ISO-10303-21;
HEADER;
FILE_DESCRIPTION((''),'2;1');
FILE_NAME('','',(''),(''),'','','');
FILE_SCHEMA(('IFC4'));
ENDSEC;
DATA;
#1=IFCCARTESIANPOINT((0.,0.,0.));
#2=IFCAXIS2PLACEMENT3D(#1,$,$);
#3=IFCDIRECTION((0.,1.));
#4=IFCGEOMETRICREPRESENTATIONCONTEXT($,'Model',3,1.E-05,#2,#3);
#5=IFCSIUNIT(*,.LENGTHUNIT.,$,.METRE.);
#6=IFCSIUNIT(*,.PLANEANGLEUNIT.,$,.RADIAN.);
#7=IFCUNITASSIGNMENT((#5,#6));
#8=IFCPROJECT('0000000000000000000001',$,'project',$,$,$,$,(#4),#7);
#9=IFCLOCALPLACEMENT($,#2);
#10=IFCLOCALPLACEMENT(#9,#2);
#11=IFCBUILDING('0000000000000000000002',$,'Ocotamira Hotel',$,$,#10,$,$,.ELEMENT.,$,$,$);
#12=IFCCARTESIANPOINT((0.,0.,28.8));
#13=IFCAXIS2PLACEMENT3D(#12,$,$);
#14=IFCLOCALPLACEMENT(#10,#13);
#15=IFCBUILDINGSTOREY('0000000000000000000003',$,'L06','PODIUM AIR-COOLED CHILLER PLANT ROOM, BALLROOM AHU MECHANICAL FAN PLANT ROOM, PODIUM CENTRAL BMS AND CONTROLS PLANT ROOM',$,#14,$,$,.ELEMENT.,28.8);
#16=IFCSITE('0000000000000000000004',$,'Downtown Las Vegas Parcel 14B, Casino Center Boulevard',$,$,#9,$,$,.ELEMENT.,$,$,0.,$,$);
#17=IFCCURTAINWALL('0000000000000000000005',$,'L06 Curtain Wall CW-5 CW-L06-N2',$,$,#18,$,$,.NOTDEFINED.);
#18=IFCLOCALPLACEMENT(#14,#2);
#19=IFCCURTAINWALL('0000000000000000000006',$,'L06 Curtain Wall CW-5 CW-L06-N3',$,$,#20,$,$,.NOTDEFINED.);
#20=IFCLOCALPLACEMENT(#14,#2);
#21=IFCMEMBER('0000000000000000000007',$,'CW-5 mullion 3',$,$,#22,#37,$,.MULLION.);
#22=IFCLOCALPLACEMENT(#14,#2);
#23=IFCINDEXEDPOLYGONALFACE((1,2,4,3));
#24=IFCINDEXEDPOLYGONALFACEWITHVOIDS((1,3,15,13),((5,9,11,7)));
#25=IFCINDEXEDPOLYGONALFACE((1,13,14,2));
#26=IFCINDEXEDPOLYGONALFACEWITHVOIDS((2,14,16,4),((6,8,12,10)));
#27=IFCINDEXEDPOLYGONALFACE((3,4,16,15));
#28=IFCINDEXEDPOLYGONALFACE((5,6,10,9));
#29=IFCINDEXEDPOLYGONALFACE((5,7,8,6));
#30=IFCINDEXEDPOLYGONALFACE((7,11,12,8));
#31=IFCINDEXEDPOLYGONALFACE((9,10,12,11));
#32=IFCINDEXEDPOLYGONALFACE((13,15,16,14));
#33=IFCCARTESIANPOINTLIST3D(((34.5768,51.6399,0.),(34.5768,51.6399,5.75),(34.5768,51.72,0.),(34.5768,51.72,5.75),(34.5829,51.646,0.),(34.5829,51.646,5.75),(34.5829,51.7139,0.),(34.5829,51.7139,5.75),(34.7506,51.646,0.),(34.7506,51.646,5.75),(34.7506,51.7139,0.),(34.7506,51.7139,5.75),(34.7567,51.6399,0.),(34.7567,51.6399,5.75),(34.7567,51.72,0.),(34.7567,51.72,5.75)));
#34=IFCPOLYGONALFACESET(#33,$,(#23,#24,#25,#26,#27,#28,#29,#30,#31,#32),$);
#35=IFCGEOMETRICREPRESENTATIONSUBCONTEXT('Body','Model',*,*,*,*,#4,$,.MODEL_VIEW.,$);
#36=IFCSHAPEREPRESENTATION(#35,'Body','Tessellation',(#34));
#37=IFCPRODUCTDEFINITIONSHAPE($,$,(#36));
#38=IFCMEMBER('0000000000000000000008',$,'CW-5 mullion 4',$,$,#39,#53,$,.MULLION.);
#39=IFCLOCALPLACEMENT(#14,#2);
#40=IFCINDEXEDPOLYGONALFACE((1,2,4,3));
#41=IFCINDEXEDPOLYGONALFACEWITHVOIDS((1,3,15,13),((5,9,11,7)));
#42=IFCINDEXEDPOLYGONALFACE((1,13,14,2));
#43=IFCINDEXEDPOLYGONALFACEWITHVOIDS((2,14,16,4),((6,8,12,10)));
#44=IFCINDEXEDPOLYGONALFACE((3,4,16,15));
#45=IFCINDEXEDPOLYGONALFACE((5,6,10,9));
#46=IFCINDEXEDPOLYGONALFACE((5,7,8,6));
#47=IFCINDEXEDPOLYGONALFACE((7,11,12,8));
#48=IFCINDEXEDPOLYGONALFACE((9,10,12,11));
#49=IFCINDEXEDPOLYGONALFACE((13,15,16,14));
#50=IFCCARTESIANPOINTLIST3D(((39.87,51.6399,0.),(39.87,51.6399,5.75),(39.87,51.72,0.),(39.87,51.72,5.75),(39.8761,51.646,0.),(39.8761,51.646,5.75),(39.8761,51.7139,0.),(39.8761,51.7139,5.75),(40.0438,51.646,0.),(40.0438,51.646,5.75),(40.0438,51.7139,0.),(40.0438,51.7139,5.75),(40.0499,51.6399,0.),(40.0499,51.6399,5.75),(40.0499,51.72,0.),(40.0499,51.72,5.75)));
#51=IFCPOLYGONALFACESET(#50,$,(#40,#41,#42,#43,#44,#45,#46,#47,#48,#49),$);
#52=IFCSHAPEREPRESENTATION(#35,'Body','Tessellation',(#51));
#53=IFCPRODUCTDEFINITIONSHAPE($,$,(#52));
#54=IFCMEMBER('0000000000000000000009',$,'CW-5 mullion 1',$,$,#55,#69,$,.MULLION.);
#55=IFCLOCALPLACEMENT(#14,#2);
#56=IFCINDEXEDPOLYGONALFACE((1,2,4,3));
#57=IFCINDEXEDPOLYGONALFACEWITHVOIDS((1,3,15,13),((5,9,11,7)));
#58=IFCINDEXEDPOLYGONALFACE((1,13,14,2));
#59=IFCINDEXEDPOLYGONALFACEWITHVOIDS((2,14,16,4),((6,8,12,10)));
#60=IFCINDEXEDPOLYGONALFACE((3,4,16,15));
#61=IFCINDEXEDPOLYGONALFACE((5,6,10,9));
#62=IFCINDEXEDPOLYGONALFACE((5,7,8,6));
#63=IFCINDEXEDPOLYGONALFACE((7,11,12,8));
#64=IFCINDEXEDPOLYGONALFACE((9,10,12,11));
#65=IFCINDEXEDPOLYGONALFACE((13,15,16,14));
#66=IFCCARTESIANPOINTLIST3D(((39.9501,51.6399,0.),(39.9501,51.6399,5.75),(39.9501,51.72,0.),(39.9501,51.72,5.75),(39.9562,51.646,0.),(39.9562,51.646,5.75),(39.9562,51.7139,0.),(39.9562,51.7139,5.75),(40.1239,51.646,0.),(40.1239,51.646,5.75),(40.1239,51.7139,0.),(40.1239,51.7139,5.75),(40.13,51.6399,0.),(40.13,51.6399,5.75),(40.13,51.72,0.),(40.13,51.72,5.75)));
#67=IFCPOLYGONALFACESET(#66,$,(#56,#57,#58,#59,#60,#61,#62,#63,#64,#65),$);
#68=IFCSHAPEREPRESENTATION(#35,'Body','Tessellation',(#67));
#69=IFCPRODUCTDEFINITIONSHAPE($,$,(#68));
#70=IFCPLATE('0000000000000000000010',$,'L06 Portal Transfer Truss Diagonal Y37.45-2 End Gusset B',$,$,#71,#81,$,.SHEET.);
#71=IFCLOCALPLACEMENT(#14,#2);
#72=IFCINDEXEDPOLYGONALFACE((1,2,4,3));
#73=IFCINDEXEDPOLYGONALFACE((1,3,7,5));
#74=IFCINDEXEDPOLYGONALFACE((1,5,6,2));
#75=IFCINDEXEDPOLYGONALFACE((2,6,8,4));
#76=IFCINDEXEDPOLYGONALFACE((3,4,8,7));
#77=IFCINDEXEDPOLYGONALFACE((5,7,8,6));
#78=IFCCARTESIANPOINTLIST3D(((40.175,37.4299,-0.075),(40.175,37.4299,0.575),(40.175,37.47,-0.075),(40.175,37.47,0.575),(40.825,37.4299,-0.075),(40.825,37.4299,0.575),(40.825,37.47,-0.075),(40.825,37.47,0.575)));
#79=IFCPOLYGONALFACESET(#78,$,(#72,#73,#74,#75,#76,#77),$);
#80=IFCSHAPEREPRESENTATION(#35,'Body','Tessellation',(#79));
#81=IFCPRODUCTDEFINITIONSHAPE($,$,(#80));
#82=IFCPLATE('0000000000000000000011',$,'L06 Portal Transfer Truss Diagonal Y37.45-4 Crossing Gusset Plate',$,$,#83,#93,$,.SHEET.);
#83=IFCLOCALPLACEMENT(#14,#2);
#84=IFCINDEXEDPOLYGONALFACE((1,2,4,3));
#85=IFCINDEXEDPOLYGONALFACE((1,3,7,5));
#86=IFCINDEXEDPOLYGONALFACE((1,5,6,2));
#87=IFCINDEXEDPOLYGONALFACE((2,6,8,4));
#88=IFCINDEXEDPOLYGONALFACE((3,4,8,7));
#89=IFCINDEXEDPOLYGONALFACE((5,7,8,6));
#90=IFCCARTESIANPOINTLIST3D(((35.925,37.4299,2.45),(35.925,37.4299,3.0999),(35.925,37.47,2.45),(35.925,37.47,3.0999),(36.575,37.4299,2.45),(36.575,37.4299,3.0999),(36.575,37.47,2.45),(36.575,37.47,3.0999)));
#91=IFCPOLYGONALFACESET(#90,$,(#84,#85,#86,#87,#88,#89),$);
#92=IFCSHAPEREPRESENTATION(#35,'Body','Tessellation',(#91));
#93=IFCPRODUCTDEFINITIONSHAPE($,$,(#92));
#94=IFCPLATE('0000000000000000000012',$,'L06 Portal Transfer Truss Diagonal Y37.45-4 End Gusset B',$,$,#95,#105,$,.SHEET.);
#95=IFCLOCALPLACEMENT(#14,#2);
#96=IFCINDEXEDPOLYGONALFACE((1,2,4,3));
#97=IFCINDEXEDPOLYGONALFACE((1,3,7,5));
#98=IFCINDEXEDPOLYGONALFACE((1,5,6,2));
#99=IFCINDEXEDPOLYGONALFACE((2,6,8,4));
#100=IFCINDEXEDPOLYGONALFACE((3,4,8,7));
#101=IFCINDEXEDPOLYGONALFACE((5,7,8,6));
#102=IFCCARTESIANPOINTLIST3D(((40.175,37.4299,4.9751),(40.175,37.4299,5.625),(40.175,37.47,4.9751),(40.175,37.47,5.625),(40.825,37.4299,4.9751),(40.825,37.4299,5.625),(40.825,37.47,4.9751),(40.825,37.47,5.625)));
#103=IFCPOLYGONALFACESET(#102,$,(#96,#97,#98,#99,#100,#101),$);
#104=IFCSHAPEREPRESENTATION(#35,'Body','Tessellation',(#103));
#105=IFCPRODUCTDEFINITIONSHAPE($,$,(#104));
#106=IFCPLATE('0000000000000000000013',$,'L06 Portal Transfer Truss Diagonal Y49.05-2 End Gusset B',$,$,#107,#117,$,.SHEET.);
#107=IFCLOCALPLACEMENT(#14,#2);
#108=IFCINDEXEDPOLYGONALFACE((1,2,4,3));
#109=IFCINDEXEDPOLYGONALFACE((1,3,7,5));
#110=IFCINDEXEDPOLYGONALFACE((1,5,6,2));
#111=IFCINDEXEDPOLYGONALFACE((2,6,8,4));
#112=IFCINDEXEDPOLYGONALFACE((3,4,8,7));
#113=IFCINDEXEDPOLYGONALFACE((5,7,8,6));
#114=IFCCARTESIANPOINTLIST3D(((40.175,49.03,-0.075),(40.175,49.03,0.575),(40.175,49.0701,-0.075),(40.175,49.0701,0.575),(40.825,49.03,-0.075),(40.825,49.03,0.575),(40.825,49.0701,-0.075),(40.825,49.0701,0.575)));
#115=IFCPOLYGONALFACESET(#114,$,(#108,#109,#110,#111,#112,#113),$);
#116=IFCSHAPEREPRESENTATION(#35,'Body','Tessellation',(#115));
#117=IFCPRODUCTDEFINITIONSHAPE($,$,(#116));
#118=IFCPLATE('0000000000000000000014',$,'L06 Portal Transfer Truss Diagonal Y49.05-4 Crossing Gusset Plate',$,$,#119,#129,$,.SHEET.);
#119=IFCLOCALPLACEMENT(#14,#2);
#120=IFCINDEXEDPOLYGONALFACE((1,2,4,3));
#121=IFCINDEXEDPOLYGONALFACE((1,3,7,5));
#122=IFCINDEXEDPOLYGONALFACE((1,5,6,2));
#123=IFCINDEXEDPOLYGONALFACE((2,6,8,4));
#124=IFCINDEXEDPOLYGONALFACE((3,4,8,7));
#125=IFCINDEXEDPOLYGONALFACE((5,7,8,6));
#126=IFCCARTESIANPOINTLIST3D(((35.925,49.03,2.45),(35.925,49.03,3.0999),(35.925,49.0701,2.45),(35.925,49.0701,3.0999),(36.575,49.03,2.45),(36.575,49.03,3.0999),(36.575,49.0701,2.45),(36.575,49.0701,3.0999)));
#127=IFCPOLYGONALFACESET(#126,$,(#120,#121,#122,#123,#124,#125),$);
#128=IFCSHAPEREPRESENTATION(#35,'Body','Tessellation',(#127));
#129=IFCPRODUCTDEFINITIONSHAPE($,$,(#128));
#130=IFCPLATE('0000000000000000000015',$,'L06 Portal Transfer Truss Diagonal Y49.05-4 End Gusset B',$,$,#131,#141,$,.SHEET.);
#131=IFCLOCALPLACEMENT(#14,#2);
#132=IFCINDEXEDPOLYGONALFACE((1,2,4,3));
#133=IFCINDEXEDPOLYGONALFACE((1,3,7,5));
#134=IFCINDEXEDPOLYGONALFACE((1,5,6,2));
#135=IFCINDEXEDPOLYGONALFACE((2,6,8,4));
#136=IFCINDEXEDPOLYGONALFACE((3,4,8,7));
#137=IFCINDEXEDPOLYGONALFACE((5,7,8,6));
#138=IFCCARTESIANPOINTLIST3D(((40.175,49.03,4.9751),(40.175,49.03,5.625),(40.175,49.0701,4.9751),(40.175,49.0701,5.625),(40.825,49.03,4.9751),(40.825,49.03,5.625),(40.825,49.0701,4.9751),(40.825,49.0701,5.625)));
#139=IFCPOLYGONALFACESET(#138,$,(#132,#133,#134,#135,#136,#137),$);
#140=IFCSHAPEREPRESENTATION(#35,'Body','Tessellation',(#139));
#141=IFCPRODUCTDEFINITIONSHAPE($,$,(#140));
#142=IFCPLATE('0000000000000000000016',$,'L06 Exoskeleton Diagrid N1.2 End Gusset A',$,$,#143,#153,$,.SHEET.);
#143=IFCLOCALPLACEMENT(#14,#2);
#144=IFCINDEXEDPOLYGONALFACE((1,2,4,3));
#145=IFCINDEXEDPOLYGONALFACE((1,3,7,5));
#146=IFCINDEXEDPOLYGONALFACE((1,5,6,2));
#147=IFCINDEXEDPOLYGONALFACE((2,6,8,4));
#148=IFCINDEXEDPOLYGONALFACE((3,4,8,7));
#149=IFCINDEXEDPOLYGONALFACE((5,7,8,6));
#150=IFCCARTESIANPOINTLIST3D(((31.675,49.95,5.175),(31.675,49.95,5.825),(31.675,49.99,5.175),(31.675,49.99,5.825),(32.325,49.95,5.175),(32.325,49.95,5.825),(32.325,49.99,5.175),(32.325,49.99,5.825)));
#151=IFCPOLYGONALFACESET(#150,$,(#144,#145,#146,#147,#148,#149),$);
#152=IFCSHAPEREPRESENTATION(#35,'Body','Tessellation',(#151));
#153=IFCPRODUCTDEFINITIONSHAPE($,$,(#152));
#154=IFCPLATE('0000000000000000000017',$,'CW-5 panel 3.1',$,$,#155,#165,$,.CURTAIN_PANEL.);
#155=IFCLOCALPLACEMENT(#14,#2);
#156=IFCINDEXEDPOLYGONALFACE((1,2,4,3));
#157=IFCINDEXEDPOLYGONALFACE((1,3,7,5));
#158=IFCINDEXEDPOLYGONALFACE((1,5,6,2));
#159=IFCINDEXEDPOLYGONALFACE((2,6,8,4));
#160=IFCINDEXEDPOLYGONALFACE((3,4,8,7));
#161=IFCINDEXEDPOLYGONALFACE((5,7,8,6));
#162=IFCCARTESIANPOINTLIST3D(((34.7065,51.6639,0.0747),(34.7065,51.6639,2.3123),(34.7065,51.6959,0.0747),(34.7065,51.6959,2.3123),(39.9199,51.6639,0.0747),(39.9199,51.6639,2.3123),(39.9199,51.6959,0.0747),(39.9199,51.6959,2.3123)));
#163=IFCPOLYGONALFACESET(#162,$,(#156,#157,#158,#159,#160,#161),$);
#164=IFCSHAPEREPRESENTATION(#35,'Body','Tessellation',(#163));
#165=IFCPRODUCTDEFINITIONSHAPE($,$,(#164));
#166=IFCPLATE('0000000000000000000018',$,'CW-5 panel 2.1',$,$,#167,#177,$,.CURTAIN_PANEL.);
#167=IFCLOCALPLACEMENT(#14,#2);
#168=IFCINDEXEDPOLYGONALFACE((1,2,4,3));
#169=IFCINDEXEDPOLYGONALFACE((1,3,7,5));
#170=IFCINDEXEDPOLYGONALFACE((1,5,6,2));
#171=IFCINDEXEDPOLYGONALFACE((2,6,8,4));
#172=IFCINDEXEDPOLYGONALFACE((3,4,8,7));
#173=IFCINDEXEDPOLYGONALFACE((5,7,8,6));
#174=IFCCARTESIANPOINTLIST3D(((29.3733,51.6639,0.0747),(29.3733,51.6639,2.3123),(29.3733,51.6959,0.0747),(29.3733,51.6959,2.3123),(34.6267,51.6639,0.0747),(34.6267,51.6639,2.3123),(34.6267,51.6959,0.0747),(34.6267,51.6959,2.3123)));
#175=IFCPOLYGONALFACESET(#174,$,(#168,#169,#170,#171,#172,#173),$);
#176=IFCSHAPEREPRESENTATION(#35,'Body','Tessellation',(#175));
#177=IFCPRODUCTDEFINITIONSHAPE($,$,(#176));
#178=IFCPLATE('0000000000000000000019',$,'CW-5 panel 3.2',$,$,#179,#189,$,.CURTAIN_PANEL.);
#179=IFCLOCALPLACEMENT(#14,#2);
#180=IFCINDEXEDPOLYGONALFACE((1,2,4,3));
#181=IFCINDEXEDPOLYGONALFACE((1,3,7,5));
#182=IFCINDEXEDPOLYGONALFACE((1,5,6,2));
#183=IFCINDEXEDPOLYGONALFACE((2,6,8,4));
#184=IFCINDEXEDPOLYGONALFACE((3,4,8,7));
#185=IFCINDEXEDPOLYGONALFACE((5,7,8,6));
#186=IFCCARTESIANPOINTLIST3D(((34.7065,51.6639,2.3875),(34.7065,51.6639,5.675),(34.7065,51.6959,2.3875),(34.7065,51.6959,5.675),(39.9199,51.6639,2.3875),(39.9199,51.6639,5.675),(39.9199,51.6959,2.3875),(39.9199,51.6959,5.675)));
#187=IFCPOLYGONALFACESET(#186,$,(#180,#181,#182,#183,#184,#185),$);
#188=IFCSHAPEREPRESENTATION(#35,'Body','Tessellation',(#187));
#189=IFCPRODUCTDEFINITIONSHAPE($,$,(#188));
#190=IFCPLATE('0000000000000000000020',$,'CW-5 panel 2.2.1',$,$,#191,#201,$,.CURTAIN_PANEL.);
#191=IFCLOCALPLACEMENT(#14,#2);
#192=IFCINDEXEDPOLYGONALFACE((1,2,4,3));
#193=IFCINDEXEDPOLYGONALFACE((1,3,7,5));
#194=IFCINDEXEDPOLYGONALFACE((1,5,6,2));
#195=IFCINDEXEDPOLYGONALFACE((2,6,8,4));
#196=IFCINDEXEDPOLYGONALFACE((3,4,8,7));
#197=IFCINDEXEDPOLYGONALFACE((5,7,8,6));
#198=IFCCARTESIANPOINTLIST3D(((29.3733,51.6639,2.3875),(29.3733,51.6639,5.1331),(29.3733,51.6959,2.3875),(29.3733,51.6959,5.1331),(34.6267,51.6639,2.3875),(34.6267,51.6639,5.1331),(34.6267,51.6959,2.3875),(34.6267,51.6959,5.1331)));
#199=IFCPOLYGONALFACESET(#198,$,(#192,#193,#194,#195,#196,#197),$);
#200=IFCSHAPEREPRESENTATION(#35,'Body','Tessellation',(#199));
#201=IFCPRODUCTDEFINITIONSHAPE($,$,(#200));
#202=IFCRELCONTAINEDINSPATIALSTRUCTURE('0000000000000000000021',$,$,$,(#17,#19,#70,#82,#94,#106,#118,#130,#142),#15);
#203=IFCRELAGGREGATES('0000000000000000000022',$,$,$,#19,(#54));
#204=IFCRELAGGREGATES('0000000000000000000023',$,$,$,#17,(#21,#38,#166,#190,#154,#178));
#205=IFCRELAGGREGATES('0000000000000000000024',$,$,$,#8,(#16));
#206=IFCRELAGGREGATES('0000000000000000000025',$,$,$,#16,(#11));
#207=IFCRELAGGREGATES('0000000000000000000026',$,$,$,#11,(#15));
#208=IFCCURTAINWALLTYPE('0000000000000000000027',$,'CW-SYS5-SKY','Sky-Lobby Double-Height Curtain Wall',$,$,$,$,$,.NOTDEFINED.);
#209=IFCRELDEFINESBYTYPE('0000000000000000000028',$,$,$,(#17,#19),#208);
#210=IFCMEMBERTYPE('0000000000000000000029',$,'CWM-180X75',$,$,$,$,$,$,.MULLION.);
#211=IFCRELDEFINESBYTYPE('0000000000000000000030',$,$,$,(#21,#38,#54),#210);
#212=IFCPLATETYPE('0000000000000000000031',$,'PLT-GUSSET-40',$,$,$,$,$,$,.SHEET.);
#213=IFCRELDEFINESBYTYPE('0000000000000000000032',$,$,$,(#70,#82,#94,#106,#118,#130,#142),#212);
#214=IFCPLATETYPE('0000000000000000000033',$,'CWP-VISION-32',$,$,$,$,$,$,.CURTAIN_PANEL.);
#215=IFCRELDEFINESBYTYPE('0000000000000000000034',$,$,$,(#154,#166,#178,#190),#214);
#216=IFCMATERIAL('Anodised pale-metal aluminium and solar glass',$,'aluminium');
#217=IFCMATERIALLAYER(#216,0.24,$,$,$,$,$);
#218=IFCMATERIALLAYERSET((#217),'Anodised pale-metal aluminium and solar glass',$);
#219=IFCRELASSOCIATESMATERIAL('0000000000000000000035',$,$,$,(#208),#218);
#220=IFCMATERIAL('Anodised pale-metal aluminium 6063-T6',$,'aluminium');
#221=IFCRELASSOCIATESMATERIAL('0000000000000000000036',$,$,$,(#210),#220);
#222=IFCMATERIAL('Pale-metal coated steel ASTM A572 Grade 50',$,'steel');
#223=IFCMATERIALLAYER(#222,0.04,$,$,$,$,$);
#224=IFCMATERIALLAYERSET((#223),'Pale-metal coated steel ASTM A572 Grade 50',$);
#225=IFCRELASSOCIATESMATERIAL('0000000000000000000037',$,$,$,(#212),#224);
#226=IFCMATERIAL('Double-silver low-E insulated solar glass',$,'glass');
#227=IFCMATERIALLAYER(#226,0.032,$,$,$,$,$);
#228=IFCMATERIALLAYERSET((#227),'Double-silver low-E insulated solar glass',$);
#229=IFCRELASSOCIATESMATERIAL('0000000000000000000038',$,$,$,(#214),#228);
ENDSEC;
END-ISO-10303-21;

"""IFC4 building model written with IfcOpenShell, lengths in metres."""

from ifc_helpers import new_model, si_unit, direction, frame, origin, origin_2d, place, context, subcontext, project, spatial, rectangle, hollow_rectangle, extrude, source, transform, mapped, material, layer, layer_set, material_profile, profile_set, type_object, element, aggregate, save


model = new_model("IFC4")

# Units and contexts
model_context = context("Model", 3, precision=1e-05, world=origin(), true_north=direction((0.0, 1.0)))
body_context = subcontext(model_context, "Body", "Model", "MODEL_VIEW")
ifc_project = project(units=[si_unit("LENGTHUNIT", "METRE"), si_unit("PLANEANGLEUNIT", "RADIAN")], contexts=[model_context])

# Site, building, storey
site_placement = place(None, origin())
site = spatial("IfcSite", under=ifc_project, at=site_placement, Name="Downtown Las Vegas Parcel 14B, Casino Center Boulevard", CompositionType="ELEMENT", RefElevation=0.0)
building_placement = place(site_placement, origin())
building = spatial("IfcBuilding", under=site, at=building_placement, Name="Ocotamira Hotel", CompositionType="ELEMENT")
storey_placement = place(building_placement, frame((0.0, 0.0, 28.8)))
storey = spatial("IfcBuildingStorey", under=building, at=storey_placement, Name="L06", Description="PODIUM AIR-COOLED CHILLER PLANT ROOM, BALLROOM AHU MECHANICAL FAN PLANT ROOM, PODIUM CENTRAL BMS AND CONTROLS PLANT ROOM", CompositionType="ELEMENT", Elevation=28.8)

# Curtain walls
ifc_material_1 = material(Name="Anodised pale-metal aluminium and solar glass", Category="aluminium")
ifc_layer_1 = layer(ifc_material_1, 0.24)
ifc_layer_set_1 = layer_set([ifc_layer_1], Name="Anodised pale-metal aluminium and solar glass")
curtain_wall_type = type_object("IfcCurtainWallType", Name="CW-SYS5-SKY", Description="Sky-Lobby Double-Height Curtain Wall", PredefinedType="NOTDEFINED", material=ifc_layer_set_1)
curtain_wall_1_placement = place(storey_placement, origin())
curtain_wall_1 = element("IfcCurtainWall", 1, at=curtain_wall_1_placement, inside=storey, type_object=curtain_wall_type, Name="L06 Curtain Wall CW-5 CW-L06-N2", PredefinedType="NOTDEFINED")
ifc_material_2 = material(Name="Anodised pale-metal aluminium 6063-T6", Category="aluminium")
curtain_wall_2_placement = place(storey_placement, origin())
curtain_wall_2 = element("IfcCurtainWall", 2, at=curtain_wall_2_placement, inside=storey, type_object=curtain_wall_type, Name="L06 Curtain Wall CW-5 CW-L06-N3", PredefinedType="NOTDEFINED")

# Members
ifc_material_profile_1 = material_profile(ifc_material_2, hollow_rectangle(XDim=0.0801, YDim=0.1799, WallThickness=0.0061, at=origin_2d()), Name="HSS180X80X6")
ifc_profile_set_1 = profile_set([ifc_material_profile_1], Name="Anodised pale-metal aluminium 6063-T6")
member_type_1 = type_object("IfcMemberType", Name="CWM-180X75", PredefinedType="MULLION", material=ifc_profile_set_1)
shared_shape_1 = source(origin(), body_context, "Body", "SweptSolid", [
    extrude(hollow_rectangle(XDim=0.0801, YDim=0.1799, WallThickness=0.0061, at=origin_2d()), origin(), (0.0, 0.0, 1.0), 5.75),
])
member_1_placement = place(storey_placement, frame((34.6667, 51.6799, 0.0), z_axis=(0.0, 0.0, 1.0), x_axis=(0.0, 1.0, 0.0)))
member_1 = element("IfcMember", 3, at=member_1_placement, type_object=member_type_1, Name="CW-5 mullion 3", PredefinedType="MULLION", context=body_context, shape_type="MappedRepresentation", body=[
    mapped(shared_shape_1, transform((0.0, 0.0, 0.0), scale=1.0)),
])
member_2_placement = place(storey_placement, frame((39.96, 51.6799, 0.0), z_axis=(0.0, 0.0, 1.0), x_axis=(0.0, 1.0, 0.0)))
member_2 = element("IfcMember", 4, at=member_2_placement, type_object=member_type_1, Name="CW-5 mullion 4", PredefinedType="MULLION", context=body_context, shape_type="MappedRepresentation", body=[
    mapped(shared_shape_1, transform((0.0, 0.0, 0.0), scale=1.0)),
])
member_3_placement = place(storey_placement, frame((40.04, 51.6799, 0.0), z_axis=(0.0, 0.0, 1.0), x_axis=(0.0, 1.0, 0.0)))
member_3 = element("IfcMember", 5, at=member_3_placement, type_object=member_type_1, Name="CW-5 mullion 1", PredefinedType="MULLION", context=body_context, shape_type="MappedRepresentation", body=[
    mapped(shared_shape_1, transform((0.0, 0.0, 0.0), scale=1.0)),
])
aggregate(curtain_wall_2, [member_3])

# Plates
ifc_material_3 = material(Name="Pale-metal coated steel ASTM A572 Grade 50", Category="steel")
ifc_layer_2 = layer(ifc_material_3, 0.04)
ifc_layer_set_2 = layer_set([ifc_layer_2], Name="Pale-metal coated steel ASTM A572 Grade 50")
plate_type_1 = type_object("IfcPlateType", Name="PLT-GUSSET-40", PredefinedType="SHEET", material=ifc_layer_set_2)
shared_shape_2 = source(origin(), body_context, "Body", "SweptSolid", [
    extrude(rectangle(XDim=0.6499, YDim=0.04, at=origin_2d()), origin(), (0.0, 0.0, 1.0), 0.6499),
])
for number, where, z_axis, x_axis, name in (
    (6, (40.5, 37.45, -0.075), (0.0, 0.0, 1.0), (1.0, 0.0, 0.0), "L06 Portal Transfer Truss Diagonal Y37.45-2 End Gusset B"),
    (7, (36.25, 37.45, 2.45), (0.0, 0.0, 1.0), (1.0, 0.0, 0.0), "L06 Portal Transfer Truss Diagonal Y37.45-4 Crossing Gusset Plate"),
    (8, (40.5, 37.45, 4.9751), (0.0, 0.0, 1.0), (1.0, 0.0, 0.0), "L06 Portal Transfer Truss Diagonal Y37.45-4 End Gusset B"),
    (9, (40.5, 49.05, -0.075), (0.0, 0.0, 1.0), (1.0, 0.0, 0.0), "L06 Portal Transfer Truss Diagonal Y49.05-2 End Gusset B"),
    (10, (36.25, 49.05, 2.45), (0.0, 0.0, 1.0), (1.0, 0.0, 0.0), "L06 Portal Transfer Truss Diagonal Y49.05-4 Crossing Gusset Plate"),
    (11, (40.5, 49.05, 4.9751), (0.0, 0.0, 1.0), (1.0, 0.0, 0.0), "L06 Portal Transfer Truss Diagonal Y49.05-4 End Gusset B"),
    (12, (32.0, 49.97, 5.175), (0.0, 0.0, 1.0), (-1.0, 0.0, 0.0), "L06 Exoskeleton Diagrid N1.2 End Gusset A"),
):
    element("IfcPlate", number, at=place(storey_placement, frame(where, z_axis=z_axis, x_axis=x_axis)), inside=storey, type_object=plate_type_1, Name=name, PredefinedType="SHEET", context=body_context, shape_type="MappedRepresentation", body=[
        mapped(shared_shape_2, transform((0.0, 0.0, 0.0), scale=1.0)),
    ])

# Plates
ifc_material_4 = material(Name="Double-silver low-E insulated solar glass", Category="glass")
ifc_layer_3 = layer(ifc_material_4, 0.032)
ifc_layer_set_3 = layer_set([ifc_layer_3], Name="Double-silver low-E insulated solar glass")
plate_type_2 = type_object("IfcPlateType", Name="CWP-VISION-32", PredefinedType="CURTAIN_PANEL", material=ifc_layer_set_3)
shared_shape_3 = source(origin(), body_context, "Body", "SweptSolid", [
    extrude(rectangle(XDim=5.2134, YDim=0.032, at=origin_2d()), origin(), (0.0, 0.0, 1.0), 2.2375),
])
plate_1_placement = place(storey_placement, frame((37.3132, 51.6799, 0.0747), z_axis=(0.0, 0.0, 1.0), x_axis=(1.0, 0.0, 0.0)))
plate_1 = element("IfcPlate", 13, at=plate_1_placement, type_object=plate_type_2, Name="CW-5 panel 3.1", PredefinedType="CURTAIN_PANEL", context=body_context, shape_type="MappedRepresentation", body=[
    mapped(shared_shape_3, transform((0.0, 0.0, 0.0), scale=1.0)),
])
shared_shape_4 = source(origin(), body_context, "Body", "SweptSolid", [
    extrude(rectangle(XDim=5.2534, YDim=0.032, at=origin_2d()), origin(), (0.0, 0.0, 1.0), 2.2375),
])
plate_2_placement = place(storey_placement, frame((32.0, 51.6799, 0.0747), z_axis=(0.0, 0.0, 1.0), x_axis=(1.0, 0.0, 0.0)))
plate_2 = element("IfcPlate", 14, at=plate_2_placement, type_object=plate_type_2, Name="CW-5 panel 2.1", PredefinedType="CURTAIN_PANEL", context=body_context, shape_type="MappedRepresentation", body=[
    mapped(shared_shape_4, transform((0.0, 0.0, 0.0), scale=1.0)),
])
shared_shape_5 = source(origin(), body_context, "Body", "SweptSolid", [
    extrude(rectangle(XDim=5.2134, YDim=0.032, at=origin_2d()), origin(), (0.0, 0.0, 1.0), 3.2876),
])
plate_3_placement = place(storey_placement, frame((37.3132, 51.6799, 2.3875), z_axis=(0.0, 0.0, 1.0), x_axis=(1.0, 0.0, 0.0)))
plate_3 = element("IfcPlate", 15, at=plate_3_placement, type_object=plate_type_2, Name="CW-5 panel 3.2", PredefinedType="CURTAIN_PANEL", context=body_context, shape_type="MappedRepresentation", body=[
    mapped(shared_shape_5, transform((0.0, 0.0, 0.0), scale=1.0)),
])
shared_shape_6 = source(origin(), body_context, "Body", "SweptSolid", [
    extrude(rectangle(XDim=5.2534, YDim=0.032, at=origin_2d()), origin(), (0.0, 0.0, 1.0), 2.7456),
])
plate_4_placement = place(storey_placement, frame((32.0, 51.6799, 2.3875), z_axis=(0.0, 0.0, 1.0), x_axis=(1.0, 0.0, 0.0)))
plate_4 = element("IfcPlate", 16, at=plate_4_placement, type_object=plate_type_2, Name="CW-5 panel 2.2.1", PredefinedType="CURTAIN_PANEL", context=body_context, shape_type="MappedRepresentation", body=[
    mapped(shared_shape_6, transform((0.0, 0.0, 0.0), scale=1.0)),
])
aggregate(curtain_wall_1, [member_1, member_2, plate_2, plate_4, plate_1, plate_3])

save(model, "model.ifc")
